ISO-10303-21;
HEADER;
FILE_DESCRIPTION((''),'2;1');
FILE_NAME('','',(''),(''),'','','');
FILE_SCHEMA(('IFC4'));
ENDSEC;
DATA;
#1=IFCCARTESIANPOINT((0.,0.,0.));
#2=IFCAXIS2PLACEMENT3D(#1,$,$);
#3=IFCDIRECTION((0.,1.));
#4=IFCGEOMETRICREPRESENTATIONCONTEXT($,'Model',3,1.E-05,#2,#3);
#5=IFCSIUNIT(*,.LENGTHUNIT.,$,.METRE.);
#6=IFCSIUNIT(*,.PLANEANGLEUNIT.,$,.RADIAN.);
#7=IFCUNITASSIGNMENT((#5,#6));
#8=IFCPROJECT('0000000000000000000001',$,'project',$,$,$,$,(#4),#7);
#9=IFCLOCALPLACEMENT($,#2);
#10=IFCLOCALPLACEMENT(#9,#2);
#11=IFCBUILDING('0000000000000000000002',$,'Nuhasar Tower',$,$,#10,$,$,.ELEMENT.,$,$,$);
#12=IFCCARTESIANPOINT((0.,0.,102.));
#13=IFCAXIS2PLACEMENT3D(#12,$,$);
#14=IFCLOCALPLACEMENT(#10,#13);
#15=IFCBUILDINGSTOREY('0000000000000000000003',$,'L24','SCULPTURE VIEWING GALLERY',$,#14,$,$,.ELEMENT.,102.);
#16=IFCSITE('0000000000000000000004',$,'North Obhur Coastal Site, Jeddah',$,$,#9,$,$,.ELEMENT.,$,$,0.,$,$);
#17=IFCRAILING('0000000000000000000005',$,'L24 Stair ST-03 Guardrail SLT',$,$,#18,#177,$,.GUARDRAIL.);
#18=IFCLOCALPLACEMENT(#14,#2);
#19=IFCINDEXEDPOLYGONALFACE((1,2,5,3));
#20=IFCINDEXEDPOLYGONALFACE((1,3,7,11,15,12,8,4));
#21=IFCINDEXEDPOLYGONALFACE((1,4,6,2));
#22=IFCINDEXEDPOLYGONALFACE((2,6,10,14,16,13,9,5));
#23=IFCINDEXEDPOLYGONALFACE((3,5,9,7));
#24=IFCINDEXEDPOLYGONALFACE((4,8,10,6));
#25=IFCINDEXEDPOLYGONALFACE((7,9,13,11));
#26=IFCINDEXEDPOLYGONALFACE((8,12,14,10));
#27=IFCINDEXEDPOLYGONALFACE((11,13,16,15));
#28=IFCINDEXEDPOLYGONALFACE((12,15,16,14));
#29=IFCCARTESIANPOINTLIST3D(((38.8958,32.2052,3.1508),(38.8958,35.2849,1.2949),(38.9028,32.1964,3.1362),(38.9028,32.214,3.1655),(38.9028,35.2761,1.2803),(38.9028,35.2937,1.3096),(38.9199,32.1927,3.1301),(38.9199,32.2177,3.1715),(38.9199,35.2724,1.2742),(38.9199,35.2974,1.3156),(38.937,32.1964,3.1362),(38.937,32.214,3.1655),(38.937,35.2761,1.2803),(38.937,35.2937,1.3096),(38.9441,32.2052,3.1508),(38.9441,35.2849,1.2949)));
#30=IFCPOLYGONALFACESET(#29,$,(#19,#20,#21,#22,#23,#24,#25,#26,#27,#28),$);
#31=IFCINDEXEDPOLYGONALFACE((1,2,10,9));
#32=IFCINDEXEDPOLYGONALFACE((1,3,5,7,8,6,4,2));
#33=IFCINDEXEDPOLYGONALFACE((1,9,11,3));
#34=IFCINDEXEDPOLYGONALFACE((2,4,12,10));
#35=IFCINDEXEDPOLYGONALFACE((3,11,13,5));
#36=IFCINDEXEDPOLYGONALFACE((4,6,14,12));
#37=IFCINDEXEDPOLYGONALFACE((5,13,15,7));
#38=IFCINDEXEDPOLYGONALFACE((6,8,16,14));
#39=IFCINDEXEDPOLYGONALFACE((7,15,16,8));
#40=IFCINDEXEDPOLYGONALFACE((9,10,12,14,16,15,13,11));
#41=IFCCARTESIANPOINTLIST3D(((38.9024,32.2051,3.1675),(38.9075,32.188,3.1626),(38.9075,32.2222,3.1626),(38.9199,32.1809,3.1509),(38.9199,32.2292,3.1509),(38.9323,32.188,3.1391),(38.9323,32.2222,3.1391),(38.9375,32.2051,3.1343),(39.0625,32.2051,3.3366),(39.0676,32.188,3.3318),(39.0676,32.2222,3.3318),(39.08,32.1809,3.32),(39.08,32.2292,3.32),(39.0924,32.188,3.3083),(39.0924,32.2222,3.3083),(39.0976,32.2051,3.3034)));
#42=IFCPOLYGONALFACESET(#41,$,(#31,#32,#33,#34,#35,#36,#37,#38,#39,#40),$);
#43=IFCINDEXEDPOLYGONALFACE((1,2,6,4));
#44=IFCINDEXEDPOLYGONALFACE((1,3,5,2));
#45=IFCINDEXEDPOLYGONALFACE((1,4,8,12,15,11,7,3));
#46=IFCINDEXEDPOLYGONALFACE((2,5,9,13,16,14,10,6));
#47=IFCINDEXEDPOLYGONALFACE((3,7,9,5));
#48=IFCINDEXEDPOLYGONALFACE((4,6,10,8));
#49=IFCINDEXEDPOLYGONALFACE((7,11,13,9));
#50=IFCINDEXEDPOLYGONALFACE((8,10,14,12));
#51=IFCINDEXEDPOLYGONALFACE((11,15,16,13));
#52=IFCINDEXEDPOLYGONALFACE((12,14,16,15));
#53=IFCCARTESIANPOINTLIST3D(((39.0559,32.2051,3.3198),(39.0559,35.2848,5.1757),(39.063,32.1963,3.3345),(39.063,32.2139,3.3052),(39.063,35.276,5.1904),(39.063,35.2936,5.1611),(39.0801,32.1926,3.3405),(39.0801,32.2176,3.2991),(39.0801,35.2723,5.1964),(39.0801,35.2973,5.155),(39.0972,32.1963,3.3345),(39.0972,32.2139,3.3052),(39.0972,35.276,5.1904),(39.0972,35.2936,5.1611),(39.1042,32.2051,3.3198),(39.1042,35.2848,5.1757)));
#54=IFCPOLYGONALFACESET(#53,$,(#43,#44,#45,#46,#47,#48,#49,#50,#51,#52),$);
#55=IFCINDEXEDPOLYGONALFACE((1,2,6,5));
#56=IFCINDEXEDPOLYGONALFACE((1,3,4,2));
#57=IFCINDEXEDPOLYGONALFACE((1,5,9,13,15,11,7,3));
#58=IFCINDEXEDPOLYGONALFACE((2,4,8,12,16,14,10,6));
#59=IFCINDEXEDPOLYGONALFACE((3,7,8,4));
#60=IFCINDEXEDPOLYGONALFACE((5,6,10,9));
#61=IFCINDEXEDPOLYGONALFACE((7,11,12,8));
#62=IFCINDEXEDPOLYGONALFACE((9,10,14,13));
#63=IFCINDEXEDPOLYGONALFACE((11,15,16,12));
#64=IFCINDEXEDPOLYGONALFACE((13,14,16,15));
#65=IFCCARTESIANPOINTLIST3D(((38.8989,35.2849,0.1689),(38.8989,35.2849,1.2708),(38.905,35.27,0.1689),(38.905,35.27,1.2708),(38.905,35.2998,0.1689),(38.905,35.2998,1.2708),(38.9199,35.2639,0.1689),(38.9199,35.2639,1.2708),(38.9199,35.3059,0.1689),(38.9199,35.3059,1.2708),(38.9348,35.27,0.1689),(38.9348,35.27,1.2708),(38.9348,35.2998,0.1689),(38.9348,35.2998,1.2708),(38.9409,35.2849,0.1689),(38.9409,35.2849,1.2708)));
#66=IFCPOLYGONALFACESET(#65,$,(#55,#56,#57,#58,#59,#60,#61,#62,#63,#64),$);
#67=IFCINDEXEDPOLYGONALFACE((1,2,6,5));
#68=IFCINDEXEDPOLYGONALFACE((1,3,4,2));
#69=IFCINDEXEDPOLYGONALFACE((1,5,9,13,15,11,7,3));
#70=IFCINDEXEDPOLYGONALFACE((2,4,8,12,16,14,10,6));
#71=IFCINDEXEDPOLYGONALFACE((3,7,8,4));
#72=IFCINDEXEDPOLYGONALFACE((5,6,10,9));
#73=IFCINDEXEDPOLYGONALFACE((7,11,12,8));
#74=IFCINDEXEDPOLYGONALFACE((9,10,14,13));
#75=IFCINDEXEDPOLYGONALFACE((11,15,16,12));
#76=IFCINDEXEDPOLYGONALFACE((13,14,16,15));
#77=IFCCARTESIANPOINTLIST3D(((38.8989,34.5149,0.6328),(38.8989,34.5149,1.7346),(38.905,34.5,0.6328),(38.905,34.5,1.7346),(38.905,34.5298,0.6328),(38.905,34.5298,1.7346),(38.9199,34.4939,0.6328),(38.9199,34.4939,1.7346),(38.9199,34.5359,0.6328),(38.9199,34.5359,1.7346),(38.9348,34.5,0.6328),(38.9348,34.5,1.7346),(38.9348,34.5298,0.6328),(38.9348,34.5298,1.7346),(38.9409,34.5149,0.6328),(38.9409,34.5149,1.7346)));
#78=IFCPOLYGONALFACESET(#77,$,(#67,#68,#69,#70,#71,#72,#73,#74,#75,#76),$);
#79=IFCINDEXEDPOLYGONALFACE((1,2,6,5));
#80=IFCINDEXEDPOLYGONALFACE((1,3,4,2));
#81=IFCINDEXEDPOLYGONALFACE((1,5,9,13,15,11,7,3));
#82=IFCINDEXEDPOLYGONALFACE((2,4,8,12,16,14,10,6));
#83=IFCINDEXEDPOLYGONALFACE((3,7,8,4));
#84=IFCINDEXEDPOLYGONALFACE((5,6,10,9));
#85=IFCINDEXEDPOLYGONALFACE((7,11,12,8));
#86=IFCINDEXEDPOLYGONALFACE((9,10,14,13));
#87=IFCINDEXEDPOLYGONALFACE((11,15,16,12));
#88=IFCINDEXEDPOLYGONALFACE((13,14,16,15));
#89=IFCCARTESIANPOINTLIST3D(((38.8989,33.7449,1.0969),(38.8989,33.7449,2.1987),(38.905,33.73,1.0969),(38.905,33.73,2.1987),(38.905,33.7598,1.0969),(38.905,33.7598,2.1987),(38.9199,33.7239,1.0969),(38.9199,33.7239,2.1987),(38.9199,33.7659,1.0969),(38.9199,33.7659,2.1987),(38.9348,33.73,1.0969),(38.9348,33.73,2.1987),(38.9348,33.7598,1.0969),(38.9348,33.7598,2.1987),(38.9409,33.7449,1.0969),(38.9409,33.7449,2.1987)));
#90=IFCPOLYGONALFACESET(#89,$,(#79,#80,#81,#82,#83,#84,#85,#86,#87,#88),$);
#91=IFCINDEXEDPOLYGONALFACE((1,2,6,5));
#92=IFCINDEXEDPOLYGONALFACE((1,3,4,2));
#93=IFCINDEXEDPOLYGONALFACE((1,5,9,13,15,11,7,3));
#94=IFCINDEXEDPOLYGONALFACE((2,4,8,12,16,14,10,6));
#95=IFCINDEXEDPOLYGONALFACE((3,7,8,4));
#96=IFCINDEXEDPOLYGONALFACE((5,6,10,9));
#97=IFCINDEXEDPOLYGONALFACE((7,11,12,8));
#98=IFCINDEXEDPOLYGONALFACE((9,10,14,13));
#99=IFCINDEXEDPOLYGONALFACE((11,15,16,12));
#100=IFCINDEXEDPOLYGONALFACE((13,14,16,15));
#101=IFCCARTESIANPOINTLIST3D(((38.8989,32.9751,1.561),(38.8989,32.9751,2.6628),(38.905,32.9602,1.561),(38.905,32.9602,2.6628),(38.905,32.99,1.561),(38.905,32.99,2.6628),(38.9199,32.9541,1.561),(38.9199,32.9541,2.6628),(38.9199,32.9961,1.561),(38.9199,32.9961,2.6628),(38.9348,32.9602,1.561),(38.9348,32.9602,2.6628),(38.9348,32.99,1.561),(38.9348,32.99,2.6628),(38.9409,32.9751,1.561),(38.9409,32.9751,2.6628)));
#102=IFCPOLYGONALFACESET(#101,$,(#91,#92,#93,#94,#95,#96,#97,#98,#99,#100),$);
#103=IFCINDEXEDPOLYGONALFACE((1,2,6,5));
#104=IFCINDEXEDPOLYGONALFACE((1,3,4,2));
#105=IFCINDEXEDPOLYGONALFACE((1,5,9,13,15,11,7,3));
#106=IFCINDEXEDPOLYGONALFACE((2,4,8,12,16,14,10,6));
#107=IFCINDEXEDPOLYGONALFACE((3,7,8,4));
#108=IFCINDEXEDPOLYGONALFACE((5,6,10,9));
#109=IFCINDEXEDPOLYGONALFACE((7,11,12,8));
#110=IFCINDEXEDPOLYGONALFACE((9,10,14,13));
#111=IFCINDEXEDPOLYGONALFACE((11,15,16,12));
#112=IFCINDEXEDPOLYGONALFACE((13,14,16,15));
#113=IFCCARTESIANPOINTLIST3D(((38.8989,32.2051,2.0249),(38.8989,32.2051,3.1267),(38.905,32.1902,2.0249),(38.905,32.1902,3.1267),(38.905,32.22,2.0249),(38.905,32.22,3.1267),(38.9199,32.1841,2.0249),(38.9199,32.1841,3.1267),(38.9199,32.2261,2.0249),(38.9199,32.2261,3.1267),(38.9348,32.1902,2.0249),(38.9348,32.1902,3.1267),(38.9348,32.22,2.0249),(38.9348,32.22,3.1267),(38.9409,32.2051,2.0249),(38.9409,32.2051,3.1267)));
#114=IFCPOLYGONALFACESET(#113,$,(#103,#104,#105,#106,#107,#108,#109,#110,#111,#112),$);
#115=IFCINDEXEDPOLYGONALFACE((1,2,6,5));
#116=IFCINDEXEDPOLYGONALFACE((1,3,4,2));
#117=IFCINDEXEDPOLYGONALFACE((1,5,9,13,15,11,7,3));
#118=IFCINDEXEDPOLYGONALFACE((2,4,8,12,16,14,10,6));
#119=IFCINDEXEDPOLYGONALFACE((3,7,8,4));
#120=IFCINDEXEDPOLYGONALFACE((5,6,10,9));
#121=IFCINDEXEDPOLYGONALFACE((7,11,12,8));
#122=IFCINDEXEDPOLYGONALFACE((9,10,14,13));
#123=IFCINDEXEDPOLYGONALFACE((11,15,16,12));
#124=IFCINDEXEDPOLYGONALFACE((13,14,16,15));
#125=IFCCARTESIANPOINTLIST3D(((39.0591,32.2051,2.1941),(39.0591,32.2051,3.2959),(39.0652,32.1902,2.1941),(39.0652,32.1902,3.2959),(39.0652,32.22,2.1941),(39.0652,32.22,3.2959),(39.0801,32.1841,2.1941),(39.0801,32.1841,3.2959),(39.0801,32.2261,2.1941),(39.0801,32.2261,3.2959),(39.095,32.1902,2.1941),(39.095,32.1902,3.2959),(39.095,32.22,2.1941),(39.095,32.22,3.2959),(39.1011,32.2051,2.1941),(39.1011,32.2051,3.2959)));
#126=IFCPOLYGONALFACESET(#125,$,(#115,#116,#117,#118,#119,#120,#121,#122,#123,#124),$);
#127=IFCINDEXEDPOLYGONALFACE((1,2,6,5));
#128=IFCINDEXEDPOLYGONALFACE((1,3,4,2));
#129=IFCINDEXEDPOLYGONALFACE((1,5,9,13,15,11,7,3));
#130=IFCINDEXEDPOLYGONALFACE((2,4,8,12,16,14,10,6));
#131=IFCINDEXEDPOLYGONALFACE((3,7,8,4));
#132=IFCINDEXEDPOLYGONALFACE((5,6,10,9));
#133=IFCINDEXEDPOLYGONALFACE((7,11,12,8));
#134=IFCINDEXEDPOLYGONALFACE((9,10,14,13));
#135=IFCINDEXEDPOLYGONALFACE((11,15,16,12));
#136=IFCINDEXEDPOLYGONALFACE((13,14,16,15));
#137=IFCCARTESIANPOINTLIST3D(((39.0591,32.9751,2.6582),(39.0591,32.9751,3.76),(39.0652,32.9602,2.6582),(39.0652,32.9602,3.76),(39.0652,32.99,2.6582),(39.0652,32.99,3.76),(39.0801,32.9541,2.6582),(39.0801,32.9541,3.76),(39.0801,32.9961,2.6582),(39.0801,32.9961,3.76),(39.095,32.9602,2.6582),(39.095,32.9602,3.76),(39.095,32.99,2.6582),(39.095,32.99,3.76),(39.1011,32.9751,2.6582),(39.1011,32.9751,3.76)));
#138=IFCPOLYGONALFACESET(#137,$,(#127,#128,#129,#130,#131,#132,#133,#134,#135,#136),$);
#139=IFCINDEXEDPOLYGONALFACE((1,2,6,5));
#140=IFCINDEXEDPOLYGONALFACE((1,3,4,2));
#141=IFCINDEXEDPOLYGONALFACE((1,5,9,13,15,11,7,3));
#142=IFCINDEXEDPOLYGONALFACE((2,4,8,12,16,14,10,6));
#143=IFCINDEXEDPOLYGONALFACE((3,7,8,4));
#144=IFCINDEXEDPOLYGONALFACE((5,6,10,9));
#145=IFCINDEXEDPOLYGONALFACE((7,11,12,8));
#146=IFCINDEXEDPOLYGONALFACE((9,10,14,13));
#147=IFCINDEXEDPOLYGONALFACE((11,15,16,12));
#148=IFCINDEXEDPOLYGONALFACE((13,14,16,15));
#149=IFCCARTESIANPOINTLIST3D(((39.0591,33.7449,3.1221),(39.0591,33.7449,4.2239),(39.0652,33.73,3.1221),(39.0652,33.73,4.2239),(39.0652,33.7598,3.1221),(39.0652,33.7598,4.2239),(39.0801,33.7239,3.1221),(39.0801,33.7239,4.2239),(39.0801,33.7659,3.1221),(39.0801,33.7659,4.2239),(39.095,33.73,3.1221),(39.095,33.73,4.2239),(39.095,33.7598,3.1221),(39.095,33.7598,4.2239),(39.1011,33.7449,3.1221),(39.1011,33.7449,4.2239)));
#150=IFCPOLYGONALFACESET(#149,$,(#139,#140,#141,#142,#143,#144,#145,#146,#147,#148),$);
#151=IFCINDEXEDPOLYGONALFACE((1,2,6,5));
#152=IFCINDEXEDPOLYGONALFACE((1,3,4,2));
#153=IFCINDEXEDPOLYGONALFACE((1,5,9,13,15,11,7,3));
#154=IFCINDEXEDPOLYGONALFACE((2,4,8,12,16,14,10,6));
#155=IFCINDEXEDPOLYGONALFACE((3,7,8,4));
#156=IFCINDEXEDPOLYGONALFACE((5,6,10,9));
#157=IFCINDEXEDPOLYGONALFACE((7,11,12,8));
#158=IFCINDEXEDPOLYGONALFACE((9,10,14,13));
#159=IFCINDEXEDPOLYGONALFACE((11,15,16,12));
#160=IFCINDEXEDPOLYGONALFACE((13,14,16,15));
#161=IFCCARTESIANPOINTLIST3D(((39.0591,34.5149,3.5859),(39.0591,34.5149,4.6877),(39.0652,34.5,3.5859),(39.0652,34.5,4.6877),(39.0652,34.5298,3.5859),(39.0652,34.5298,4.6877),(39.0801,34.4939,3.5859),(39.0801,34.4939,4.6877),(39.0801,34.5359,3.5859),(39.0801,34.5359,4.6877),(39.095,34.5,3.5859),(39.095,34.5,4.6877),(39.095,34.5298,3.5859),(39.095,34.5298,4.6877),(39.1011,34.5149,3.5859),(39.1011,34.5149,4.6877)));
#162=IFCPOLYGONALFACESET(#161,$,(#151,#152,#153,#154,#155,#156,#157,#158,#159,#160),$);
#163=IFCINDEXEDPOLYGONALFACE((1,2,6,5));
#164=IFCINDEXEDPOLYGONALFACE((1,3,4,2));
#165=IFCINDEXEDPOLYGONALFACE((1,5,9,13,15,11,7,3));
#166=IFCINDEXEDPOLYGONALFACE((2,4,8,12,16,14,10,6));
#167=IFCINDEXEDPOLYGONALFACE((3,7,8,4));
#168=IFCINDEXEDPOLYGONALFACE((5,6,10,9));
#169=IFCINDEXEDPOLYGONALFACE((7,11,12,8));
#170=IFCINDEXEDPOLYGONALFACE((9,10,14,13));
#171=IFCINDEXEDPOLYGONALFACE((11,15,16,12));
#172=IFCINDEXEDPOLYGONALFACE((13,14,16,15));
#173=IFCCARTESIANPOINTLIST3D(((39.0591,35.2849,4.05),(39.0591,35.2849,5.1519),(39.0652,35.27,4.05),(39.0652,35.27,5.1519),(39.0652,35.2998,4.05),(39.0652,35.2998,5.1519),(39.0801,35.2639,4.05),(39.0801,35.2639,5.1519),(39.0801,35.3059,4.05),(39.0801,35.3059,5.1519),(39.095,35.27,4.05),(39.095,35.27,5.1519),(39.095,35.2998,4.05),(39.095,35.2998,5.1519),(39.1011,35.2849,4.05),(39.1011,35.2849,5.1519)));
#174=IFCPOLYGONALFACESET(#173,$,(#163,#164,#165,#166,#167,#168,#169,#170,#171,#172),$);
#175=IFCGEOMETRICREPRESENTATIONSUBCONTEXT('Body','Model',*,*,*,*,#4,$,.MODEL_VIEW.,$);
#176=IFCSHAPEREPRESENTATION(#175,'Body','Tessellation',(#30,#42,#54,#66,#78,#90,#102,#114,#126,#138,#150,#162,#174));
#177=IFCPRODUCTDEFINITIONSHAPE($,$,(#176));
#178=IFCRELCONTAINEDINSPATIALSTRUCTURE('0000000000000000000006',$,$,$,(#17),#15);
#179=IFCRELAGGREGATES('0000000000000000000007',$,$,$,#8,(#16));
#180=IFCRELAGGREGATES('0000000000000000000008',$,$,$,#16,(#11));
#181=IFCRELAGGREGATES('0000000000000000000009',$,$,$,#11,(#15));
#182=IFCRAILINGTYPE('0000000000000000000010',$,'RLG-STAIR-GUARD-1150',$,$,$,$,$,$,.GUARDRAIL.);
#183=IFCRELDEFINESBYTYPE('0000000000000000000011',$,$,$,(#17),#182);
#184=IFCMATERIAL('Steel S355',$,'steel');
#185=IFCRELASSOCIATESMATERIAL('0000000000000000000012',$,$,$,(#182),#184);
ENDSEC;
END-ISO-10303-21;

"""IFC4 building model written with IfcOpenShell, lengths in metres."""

from ifc_helpers import new_model, si_unit, direction, frame, origin, place, context, subcontext, project, spatial, polyline, outline, extrude, material, type_object, element, save


model = new_model("IFC4")

# Units and contexts
model_context = context("Model", 3, precision=1e-05, world=origin(), true_north=direction((0.0, 1.0)))
body_context = subcontext(model_context, "Body", "Model", "MODEL_VIEW")
ifc_project = project(units=[si_unit("LENGTHUNIT", "METRE"), si_unit("PLANEANGLEUNIT", "RADIAN")], contexts=[model_context])

# Site, building, storey
site_placement = place(None, origin())
site = spatial("IfcSite", under=ifc_project, at=site_placement, Name="North Obhur Coastal Site, Jeddah", CompositionType="ELEMENT", RefElevation=0.0)
building_placement = place(site_placement, origin())
building = spatial("IfcBuilding", under=site, at=building_placement, Name="Nuhasar Tower", CompositionType="ELEMENT")
storey_placement = place(building_placement, frame((0.0, 0.0, 102.0)))
storey = spatial("IfcBuildingStorey", under=building, at=storey_placement, Name="L24", Description="SCULPTURE VIEWING GALLERY", CompositionType="ELEMENT", Elevation=102.0)

# Shared definitions
ifc_material_1 = material(Name="Steel S355", Category="steel")

# Railing
railing_type_1 = type_object("IfcRailingType", Name="RLG-STAIR-GUARD-1150", PredefinedType="GUARDRAIL", material=ifc_material_1)
railing_1_placement = place(storey_placement, frame((38.9199, 35.2849, 0.1689)))
element("IfcRailing", 1, at=railing_1_placement, inside=storey, type_object=railing_type_1, Name="L24 Stair ST-03 Guardrail SLT", PredefinedType="GUARDRAIL", context=body_context, shape_type="SweptSolid", body=[
    extrude(outline(polyline([(0.0242, 0.0), (0.0171, 0.0171), (0.0, 0.0242), (-0.0171, 0.0171), (-0.0242, 0.0), (-0.0171, -0.0171), (0.0, -0.0242), (0.0171, -0.0171), (0.0242, 0.0)])), frame((0.0, 0.0, 1.126), z_axis=(0.0, -0.856503, 0.516142), x_axis=(1.0, 0.0, 0.0)), (0.0, 0.0, 1.0), 3.5957),
    extrude(outline(polyline([(0.0242, 0.0), (0.0171, 0.0171), (0.0, 0.0242), (-0.0171, 0.0171), (-0.0242, 0.0), (-0.0171, -0.0171), (0.0, -0.0242), (0.0171, -0.0171), (0.0242, 0.0)])), frame((0.0, -3.0798, 2.9819), z_axis=(0.687454, 0.0, 0.726228), x_axis=(0.0, 1.0, 0.0)), (0.0, 0.0, 1.0), 0.2329),
    extrude(outline(polyline([(0.0242, 0.0), (0.0171, 0.0171), (0.0, 0.0242), (-0.0171, 0.0171), (-0.0242, 0.0), (-0.0171, -0.0171), (0.0, -0.0242), (0.0171, -0.0171), (0.0242, 0.0)])), frame((0.1602, -3.0798, 3.1509), z_axis=(0.0, 0.856503, 0.516142), x_axis=(-1.0, 0.0, 0.0)), (0.0, 0.0, 1.0), 3.5957),
    extrude(outline(polyline([(0.021, 0.0), (0.0149, 0.0149), (0.0, 0.021), (-0.0149, 0.0149), (-0.021, 0.0), (-0.0149, -0.0149), (0.0, -0.021), (0.0149, -0.0149), (0.021, 0.0)])), origin(), (0.0, 0.0, 1.0), 1.1018),
    extrude(outline(polyline([(0.021, 0.0), (0.0149, 0.0149), (0.0, 0.021), (-0.0149, 0.0149), (-0.021, 0.0), (-0.0149, -0.0149), (0.0, -0.021), (0.0149, -0.0149), (0.021, 0.0)])), frame((0.0, -0.77, 0.4639)), (0.0, 0.0, 1.0), 1.1018),
    extrude(outline(polyline([(0.021, 0.0), (0.0149, 0.0149), (0.0, 0.021), (-0.0149, 0.0149), (-0.021, 0.0), (-0.0149, -0.0149), (0.0, -0.021), (0.0149, -0.0149), (0.021, 0.0)])), frame((0.0, -1.54, 0.928)), (0.0, 0.0, 1.0), 1.1018),
    extrude(outline(polyline([(0.021, 0.0), (0.0149, 0.0149), (0.0, 0.021), (-0.0149, 0.0149), (-0.021, 0.0), (-0.0149, -0.0149), (0.0, -0.021), (0.0149, -0.0149), (0.021, 0.0)])), frame((0.0, -2.3098, 1.3921)), (0.0, 0.0, 1.0), 1.1018),
    extrude(outline(polyline([(0.021, 0.0), (0.0149, 0.0149), (0.0, 0.021), (-0.0149, 0.0149), (-0.021, 0.0), (-0.0149, -0.0149), (0.0, -0.021), (0.0149, -0.0149), (0.021, 0.0)])), frame((0.0, -3.0798, 1.856)), (0.0, 0.0, 1.0), 1.1018),
    extrude(outline(polyline([(0.021, 0.0), (0.0149, 0.0149), (0.0, 0.021), (-0.0149, 0.0149), (-0.021, 0.0), (-0.0149, -0.0149), (0.0, -0.021), (0.0149, -0.0149), (0.021, 0.0)])), frame((0.1602, -3.0798, 2.0251)), (0.0, 0.0, 1.0), 1.1018),
    extrude(outline(polyline([(0.021, 0.0), (0.0149, 0.0149), (0.0, 0.021), (-0.0149, 0.0149), (-0.021, 0.0), (-0.0149, -0.0149), (0.0, -0.021), (0.0149, -0.0149), (0.021, 0.0)])), frame((0.1602, -2.3098, 2.4893)), (0.0, 0.0, 1.0), 1.1018),
    extrude(outline(polyline([(0.021, 0.0), (0.0149, 0.0149), (0.0, 0.021), (-0.0149, 0.0149), (-0.021, 0.0), (-0.0149, -0.0149), (0.0, -0.021), (0.0149, -0.0149), (0.021, 0.0)])), frame((0.1602, -1.54, 2.9531)), (0.0, 0.0, 1.0), 1.1018),
    extrude(outline(polyline([(0.021, 0.0), (0.0149, 0.0149), (0.0, 0.021), (-0.0149, 0.0149), (-0.021, 0.0), (-0.0149, -0.0149), (0.0, -0.021), (0.0149, -0.0149), (0.021, 0.0)])), frame((0.1602, -0.77, 3.417)), (0.0, 0.0, 1.0), 1.1018),
    extrude(outline(polyline([(0.021, 0.0), (0.0149, 0.0149), (0.0, 0.021), (-0.0149, 0.0149), (-0.021, 0.0), (-0.0149, -0.0149), (0.0, -0.021), (0.0149, -0.0149), (0.021, 0.0)])), frame((0.1602, 0.0, 3.8811)), (0.0, 0.0, 1.0), 1.1018),
])

save(model, "model.ifc")
